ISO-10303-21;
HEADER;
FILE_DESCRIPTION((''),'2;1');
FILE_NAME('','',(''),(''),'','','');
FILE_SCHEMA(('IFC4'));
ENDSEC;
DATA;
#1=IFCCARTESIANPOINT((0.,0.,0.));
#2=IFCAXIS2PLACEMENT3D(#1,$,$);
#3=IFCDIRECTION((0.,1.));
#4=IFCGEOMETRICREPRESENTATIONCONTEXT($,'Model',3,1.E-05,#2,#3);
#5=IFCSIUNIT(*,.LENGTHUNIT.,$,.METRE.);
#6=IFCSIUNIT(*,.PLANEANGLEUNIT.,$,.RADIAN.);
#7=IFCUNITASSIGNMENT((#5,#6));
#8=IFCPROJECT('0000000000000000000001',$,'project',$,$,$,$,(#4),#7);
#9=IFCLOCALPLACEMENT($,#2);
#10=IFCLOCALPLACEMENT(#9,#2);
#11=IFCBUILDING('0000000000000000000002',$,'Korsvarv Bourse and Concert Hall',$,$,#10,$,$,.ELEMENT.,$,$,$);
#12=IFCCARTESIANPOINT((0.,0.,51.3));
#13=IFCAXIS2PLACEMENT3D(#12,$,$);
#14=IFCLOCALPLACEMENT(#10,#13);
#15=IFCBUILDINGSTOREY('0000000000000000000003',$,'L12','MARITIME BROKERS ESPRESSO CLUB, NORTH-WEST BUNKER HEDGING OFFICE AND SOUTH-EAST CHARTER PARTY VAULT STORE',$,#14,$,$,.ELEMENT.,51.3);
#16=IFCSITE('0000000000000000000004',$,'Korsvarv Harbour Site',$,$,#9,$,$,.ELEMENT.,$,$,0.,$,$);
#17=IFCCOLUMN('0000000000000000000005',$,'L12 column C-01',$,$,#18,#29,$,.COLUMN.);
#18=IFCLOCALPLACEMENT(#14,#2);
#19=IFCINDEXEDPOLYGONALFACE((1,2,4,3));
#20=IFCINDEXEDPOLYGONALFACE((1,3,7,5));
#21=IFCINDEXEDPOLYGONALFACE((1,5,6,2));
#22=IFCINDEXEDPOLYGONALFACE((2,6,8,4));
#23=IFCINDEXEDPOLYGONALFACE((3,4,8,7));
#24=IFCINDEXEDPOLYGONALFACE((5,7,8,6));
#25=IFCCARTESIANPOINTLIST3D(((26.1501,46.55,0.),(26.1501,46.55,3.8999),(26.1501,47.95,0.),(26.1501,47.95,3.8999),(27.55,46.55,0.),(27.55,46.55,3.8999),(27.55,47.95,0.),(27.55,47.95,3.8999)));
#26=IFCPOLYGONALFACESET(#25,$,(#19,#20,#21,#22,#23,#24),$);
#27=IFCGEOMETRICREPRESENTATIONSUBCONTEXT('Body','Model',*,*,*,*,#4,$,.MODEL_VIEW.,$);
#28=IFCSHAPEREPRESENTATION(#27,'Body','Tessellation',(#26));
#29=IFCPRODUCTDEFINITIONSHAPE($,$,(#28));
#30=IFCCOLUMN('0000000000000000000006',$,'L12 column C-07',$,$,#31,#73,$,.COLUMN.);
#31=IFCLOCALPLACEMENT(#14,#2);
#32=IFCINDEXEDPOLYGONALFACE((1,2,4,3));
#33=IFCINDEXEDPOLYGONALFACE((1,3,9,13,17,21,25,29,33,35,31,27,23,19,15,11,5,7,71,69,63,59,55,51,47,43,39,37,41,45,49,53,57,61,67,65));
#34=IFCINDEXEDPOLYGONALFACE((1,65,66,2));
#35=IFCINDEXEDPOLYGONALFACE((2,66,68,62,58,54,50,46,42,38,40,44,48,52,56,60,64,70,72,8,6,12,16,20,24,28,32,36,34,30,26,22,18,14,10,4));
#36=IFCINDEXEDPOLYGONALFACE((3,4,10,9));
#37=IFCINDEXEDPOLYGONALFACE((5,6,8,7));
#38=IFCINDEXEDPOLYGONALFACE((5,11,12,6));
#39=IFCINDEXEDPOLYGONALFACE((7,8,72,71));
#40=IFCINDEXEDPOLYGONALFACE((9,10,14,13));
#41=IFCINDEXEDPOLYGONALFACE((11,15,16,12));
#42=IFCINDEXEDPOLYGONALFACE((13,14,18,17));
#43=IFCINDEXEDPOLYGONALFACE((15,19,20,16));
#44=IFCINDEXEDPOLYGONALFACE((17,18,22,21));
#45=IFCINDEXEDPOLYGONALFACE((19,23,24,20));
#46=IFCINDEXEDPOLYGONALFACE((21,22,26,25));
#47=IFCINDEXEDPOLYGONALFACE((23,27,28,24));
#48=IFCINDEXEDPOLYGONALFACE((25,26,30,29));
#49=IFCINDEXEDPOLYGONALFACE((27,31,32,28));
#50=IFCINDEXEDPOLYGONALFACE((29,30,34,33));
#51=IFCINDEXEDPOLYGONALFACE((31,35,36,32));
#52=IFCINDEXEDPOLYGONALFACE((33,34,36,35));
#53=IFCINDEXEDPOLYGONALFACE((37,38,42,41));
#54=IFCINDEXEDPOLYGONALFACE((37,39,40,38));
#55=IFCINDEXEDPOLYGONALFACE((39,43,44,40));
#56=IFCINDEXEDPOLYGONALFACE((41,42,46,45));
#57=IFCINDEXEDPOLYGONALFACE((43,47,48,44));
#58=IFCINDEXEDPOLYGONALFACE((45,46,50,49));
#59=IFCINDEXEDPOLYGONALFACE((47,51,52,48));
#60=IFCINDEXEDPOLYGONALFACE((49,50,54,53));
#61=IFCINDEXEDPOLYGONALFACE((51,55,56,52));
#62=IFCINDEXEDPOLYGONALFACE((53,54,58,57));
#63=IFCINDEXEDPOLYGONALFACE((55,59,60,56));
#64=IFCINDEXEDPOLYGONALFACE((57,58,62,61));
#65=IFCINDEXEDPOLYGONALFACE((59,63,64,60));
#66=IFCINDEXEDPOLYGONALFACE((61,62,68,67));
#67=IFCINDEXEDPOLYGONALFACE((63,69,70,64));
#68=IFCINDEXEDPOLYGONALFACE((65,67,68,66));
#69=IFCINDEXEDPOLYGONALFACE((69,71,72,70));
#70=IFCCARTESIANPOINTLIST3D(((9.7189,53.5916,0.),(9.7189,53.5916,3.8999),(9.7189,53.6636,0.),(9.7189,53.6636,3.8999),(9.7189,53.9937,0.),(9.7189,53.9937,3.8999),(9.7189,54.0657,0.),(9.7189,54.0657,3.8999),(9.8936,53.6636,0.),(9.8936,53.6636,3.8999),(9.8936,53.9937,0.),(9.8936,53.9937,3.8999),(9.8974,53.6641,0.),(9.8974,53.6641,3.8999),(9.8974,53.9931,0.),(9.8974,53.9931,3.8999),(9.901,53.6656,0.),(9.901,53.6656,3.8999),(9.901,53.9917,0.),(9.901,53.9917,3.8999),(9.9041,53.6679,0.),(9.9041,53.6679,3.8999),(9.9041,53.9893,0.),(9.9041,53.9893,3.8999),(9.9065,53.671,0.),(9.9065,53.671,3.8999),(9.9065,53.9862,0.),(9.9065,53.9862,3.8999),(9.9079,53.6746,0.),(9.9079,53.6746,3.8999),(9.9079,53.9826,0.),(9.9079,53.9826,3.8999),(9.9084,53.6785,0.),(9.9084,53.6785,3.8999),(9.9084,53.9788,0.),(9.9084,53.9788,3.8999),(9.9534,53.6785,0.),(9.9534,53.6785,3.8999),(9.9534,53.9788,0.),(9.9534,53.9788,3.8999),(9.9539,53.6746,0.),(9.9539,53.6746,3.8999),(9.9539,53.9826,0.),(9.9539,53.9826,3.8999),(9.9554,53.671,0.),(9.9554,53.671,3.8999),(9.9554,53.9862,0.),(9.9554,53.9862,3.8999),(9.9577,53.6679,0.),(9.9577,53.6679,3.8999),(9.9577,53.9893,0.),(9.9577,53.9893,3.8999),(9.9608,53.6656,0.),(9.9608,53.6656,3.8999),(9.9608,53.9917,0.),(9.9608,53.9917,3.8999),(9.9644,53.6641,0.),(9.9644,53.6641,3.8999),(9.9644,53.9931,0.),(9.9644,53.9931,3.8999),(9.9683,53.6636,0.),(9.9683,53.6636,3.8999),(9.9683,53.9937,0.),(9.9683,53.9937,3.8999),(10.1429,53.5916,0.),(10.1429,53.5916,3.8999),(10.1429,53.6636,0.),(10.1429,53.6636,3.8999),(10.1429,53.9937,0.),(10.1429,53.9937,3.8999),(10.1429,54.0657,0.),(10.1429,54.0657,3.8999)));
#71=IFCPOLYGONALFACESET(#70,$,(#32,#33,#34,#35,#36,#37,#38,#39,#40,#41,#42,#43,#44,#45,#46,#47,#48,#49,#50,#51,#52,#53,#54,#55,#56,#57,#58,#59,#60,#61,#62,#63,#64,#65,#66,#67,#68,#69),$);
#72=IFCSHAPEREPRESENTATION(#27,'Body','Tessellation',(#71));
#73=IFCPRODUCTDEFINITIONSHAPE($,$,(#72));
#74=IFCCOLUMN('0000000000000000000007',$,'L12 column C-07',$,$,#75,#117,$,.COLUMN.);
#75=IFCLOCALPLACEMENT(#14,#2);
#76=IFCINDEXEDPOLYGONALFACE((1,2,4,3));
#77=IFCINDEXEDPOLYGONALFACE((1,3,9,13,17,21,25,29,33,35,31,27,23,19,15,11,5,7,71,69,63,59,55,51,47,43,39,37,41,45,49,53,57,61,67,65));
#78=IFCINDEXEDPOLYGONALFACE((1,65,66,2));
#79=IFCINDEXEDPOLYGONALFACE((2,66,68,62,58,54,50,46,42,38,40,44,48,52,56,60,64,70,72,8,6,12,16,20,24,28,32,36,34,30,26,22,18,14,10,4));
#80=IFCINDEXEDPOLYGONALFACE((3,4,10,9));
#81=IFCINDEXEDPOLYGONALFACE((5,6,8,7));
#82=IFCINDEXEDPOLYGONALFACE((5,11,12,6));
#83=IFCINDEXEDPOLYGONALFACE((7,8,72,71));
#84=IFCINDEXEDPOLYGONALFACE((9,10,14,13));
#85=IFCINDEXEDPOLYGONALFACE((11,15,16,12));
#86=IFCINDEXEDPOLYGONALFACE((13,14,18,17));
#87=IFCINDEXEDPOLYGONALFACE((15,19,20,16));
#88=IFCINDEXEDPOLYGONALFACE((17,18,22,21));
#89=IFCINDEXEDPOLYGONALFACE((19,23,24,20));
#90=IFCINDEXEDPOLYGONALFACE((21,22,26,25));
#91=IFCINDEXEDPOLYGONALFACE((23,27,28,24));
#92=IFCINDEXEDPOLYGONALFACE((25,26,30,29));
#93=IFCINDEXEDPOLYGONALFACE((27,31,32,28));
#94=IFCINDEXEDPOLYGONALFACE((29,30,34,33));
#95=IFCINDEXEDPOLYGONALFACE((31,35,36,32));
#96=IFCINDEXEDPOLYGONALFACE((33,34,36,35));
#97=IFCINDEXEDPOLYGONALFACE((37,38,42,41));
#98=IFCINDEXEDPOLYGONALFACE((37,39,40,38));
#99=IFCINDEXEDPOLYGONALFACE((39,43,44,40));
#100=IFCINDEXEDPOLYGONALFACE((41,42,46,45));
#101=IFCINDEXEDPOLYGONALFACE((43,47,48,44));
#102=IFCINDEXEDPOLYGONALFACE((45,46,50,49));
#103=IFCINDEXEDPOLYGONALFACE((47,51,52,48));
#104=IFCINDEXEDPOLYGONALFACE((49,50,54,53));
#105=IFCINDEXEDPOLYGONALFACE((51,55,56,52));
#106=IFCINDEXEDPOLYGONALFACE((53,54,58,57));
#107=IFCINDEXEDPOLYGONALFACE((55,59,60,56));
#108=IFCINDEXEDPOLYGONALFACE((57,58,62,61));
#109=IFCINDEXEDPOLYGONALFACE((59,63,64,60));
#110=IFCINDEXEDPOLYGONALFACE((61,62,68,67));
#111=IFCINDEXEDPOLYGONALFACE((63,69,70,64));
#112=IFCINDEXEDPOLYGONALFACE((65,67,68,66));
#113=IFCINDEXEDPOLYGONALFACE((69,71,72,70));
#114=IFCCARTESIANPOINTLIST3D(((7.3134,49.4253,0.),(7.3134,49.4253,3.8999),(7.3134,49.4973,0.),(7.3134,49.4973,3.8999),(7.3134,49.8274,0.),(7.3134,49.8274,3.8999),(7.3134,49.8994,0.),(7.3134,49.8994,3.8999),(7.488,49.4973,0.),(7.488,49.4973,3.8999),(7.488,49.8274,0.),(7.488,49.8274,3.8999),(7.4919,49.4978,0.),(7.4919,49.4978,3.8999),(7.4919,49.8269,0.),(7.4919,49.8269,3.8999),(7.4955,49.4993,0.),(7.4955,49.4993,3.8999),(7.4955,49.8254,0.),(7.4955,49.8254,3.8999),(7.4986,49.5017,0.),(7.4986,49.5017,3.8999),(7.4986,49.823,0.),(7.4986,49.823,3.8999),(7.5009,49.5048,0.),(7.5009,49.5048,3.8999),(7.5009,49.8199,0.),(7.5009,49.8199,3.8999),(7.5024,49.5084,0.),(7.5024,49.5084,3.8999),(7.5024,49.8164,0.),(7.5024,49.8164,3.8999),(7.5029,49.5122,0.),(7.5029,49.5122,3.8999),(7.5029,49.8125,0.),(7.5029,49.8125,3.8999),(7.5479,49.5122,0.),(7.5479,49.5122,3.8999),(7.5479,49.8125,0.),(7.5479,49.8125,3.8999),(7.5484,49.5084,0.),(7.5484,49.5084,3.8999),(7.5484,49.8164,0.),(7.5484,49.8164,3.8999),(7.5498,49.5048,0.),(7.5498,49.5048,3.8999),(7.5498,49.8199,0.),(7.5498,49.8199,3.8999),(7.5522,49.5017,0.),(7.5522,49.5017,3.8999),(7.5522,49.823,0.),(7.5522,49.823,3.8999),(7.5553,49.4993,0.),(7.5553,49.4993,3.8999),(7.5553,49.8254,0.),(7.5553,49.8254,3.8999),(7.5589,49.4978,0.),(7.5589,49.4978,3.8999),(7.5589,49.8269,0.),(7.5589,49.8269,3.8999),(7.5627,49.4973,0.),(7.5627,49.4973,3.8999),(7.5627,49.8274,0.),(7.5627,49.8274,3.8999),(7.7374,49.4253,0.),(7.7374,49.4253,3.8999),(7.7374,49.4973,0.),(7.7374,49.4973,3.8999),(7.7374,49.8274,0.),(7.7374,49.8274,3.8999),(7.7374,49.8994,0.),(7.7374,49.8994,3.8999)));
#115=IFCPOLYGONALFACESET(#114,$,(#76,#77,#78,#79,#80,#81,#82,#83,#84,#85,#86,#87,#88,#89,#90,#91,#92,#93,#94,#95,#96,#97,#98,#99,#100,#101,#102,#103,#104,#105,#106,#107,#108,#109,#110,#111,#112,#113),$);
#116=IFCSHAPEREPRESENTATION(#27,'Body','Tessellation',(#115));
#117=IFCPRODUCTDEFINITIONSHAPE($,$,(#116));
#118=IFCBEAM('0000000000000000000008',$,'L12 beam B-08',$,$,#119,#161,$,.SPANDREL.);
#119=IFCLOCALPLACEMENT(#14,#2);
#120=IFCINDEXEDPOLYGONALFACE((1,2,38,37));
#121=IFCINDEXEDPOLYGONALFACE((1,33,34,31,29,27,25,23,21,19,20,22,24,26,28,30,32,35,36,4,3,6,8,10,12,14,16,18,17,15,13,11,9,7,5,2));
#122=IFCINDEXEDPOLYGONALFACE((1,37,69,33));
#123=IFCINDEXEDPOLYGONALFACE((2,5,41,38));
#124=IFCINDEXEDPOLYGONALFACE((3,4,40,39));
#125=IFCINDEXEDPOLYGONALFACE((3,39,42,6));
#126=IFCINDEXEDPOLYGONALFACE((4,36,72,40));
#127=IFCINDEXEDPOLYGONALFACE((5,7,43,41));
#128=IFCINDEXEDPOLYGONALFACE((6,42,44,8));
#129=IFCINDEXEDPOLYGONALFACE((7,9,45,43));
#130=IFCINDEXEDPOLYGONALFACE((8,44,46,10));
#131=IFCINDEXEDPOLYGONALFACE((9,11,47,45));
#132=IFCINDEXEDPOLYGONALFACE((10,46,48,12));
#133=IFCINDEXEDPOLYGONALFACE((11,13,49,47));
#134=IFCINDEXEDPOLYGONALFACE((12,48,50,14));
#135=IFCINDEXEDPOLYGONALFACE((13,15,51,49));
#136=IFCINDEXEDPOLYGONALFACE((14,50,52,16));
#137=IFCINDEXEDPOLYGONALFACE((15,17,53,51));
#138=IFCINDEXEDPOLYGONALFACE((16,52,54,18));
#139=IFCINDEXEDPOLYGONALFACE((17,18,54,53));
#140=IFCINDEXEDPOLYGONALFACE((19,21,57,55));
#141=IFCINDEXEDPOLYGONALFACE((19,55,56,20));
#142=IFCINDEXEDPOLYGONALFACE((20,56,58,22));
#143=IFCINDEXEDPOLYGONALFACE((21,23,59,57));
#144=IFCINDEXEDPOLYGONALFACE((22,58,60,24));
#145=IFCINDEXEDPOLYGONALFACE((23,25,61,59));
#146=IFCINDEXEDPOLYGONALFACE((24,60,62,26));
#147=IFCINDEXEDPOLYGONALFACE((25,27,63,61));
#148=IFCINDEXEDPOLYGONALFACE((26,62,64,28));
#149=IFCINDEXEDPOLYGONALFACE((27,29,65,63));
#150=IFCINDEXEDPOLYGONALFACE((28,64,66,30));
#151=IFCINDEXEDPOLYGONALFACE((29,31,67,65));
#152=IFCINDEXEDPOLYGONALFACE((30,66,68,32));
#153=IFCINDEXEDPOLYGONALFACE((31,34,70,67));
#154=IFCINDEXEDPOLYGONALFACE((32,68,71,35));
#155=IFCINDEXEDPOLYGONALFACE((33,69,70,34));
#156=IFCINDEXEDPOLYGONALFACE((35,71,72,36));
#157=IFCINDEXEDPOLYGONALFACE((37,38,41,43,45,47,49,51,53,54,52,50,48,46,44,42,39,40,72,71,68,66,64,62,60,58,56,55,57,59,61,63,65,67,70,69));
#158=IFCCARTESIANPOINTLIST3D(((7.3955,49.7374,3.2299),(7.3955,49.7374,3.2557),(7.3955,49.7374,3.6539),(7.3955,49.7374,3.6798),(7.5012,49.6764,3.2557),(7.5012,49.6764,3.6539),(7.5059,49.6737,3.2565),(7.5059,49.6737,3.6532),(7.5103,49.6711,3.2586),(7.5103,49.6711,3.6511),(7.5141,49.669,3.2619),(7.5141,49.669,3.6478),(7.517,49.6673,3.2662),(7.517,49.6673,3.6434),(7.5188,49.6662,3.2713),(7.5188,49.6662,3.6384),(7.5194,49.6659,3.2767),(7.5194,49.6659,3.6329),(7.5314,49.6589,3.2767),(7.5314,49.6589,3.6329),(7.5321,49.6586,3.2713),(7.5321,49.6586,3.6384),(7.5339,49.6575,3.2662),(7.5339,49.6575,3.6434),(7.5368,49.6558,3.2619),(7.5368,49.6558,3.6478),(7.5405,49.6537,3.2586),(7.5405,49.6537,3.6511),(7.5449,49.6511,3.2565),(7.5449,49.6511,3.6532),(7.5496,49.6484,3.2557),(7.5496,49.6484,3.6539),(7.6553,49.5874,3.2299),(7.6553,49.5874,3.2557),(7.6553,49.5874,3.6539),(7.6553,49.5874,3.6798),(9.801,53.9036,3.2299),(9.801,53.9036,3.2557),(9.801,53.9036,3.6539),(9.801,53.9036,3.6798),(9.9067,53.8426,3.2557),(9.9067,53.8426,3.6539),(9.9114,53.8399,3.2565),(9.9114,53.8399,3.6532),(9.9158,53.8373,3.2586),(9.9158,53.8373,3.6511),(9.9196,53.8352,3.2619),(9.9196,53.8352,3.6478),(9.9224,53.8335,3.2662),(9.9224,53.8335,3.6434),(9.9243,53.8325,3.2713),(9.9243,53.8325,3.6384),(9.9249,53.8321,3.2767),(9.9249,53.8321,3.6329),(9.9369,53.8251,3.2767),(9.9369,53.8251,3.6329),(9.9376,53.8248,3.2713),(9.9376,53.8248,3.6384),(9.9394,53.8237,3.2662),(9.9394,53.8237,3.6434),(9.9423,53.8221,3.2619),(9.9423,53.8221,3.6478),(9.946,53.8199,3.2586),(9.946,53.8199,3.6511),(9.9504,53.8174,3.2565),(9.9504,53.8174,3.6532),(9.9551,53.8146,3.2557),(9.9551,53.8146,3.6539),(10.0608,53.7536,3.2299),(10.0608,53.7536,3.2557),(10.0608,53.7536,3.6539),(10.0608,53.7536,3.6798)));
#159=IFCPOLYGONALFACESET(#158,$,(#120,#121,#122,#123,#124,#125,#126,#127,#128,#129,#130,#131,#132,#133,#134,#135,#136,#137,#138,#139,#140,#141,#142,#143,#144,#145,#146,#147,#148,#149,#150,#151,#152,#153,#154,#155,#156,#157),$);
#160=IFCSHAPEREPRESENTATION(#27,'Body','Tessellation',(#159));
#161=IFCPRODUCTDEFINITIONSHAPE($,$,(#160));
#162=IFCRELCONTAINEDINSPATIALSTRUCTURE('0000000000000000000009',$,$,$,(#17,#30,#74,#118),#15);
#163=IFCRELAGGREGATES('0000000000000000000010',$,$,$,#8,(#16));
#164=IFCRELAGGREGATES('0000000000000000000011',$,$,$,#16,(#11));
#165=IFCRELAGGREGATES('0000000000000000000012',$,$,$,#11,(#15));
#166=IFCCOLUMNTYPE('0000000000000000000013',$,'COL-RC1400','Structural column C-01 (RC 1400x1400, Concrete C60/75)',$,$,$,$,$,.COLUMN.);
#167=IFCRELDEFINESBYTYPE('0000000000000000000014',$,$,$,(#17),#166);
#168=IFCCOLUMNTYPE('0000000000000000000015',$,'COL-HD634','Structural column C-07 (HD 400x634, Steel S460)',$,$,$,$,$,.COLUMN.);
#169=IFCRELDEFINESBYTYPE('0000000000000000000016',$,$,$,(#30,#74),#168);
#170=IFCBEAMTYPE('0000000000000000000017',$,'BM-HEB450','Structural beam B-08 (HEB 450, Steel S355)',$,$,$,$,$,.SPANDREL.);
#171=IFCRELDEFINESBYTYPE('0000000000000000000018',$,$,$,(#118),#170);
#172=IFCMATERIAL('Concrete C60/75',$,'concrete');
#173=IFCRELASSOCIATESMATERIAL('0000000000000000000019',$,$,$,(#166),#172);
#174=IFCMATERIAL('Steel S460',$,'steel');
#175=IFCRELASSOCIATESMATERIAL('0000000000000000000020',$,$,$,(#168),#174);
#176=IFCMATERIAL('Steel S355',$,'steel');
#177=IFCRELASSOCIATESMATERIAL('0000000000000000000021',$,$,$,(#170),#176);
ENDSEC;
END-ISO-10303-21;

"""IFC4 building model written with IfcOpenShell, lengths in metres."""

from ifc_helpers import new_model, si_unit, direction, frame, origin, origin_2d, place, context, subcontext, project, spatial, rectangle, i_section, extrude, source, transform, mapped, material, material_profile, profile_set, type_object, element, save


model = new_model("IFC4")

# Units and contexts
model_context = context("Model", 3, precision=1e-05, world=origin(), true_north=direction((0.0, 1.0)))
body_context = subcontext(model_context, "Body", "Model", "MODEL_VIEW")
ifc_project = project(units=[si_unit("LENGTHUNIT", "METRE"), si_unit("PLANEANGLEUNIT", "RADIAN")], contexts=[model_context])

# Site, building, storey
site_placement = place(None, origin())
site = spatial("IfcSite", under=ifc_project, at=site_placement, Name="Korsvarv Harbour Site", CompositionType="ELEMENT", RefElevation=0.0)
building_placement = place(site_placement, origin())
building = spatial("IfcBuilding", under=site, at=building_placement, Name="Korsvarv Bourse and Concert Hall", CompositionType="ELEMENT")
storey_placement = place(building_placement, frame((0.0, 0.0, 51.3)))
storey = spatial("IfcBuildingStorey", under=building, at=storey_placement, Name="L12", Description="MARITIME BROKERS ESPRESSO CLUB, NORTH-WEST BUNKER HEDGING OFFICE AND SOUTH-EAST CHARTER PARTY VAULT STORE", CompositionType="ELEMENT", Elevation=51.3)

# Columns
ifc_material_1 = material(Name="Concrete C60/75", Category="concrete")
ifc_material_profile_1 = material_profile(ifc_material_1, rectangle(XDim=1.3999, YDim=1.3999, at=origin_2d()), Name="RC 1400x1400")
ifc_profile_set_1 = profile_set([ifc_material_profile_1], Name="Concrete C60/75")
column_type_1 = type_object("IfcColumnType", Name="COL-RC1400", Description="Structural column C-01 (RC 1400x1400, Concrete C60/75)", PredefinedType="COLUMN", material=ifc_profile_set_1)
shared_shape_1 = source(origin(), body_context, "Body", "SweptSolid", [
    extrude(rectangle(XDim=1.3999, YDim=1.3999, at=origin_2d()), origin(), (0.0, 0.0, 1.0), 3.8999),
])
column_placement = place(storey_placement, frame((26.8501, 47.25, 0.0), z_axis=(0.0, 0.0, 1.0), x_axis=(1.0, 0.0, 0.0)))
element("IfcColumn", 1, at=column_placement, inside=storey, type_object=column_type_1, Name="L12 column C-01", PredefinedType="COLUMN", context=body_context, shape_type="MappedRepresentation", body=[
    mapped(shared_shape_1, transform((0.0, 0.0, 0.0), scale=1.0)),
])
ifc_material_2 = material(Name="Steel S460", Category="steel")
ifc_material_profile_2 = material_profile(ifc_material_2, i_section(OverallWidth=0.4241, OverallDepth=0.4741, WebThickness=0.0449, FlangeThickness=0.072, FilletRadius=0.0149, at=origin_2d()), Name="HD 400x634")
ifc_profile_set_2 = profile_set([ifc_material_profile_2], Name="Steel S460")
column_type_2 = type_object("IfcColumnType", Name="COL-HD634", Description="Structural column C-07 (HD 400x634, Steel S460)", PredefinedType="COLUMN", material=ifc_profile_set_2)
shared_shape_2 = source(origin(), body_context, "Body", "SweptSolid", [
    extrude(i_section(OverallWidth=0.4241, OverallDepth=0.4741, WebThickness=0.0449, FlangeThickness=0.072, FilletRadius=0.0149, at=origin_2d()), origin(), (0.0, 0.0, 1.0), 3.8999),
])
for number, where, z_axis, x_axis, name in (
    (2, (9.9309, 53.8286, 0.0), (0.0, 0.0, 1.0), (1.0, 0.0, 0.0), "L12 column C-07"),
    (3, (7.5254, 49.6624, 0.0), (0.0, 0.0, 1.0), (1.0, 0.0, 0.0), "L12 column C-07"),
):
    element("IfcColumn", number, at=place(storey_placement, frame(where, z_axis=z_axis, x_axis=x_axis)), inside=storey, type_object=column_type_2, Name=name, PredefinedType="COLUMN", context=body_context, shape_type="MappedRepresentation", body=[
        mapped(shared_shape_2, transform((0.0, 0.0, 0.0), scale=1.0)),
    ])

# Beam
ifc_material_3 = material(Name="Steel S355", Category="steel")
ifc_material_profile_3 = material_profile(ifc_material_3, i_section(OverallWidth=0.3, OverallDepth=0.45, WebThickness=0.0139, FlangeThickness=0.0259, FilletRadius=0.021, at=origin_2d()), Name="HEB 450")
ifc_profile_set_3 = profile_set([ifc_material_profile_3], Name="Steel S355")
beam_type_1 = type_object("IfcBeamType", Name="BM-HEB450", Description="Structural beam B-08 (HEB 450, Steel S355)", PredefinedType="SPANDREL", material=ifc_profile_set_3)
shared_shape_3 = source(origin(), body_context, "Body", "SweptSolid", [
    extrude(i_section(OverallWidth=0.3, OverallDepth=0.45, WebThickness=0.0139, FlangeThickness=0.0259, FilletRadius=0.021, at=origin_2d()), origin(), (0.0, 0.0, 1.0), 4.8108),
])
beam_1_placement = place(storey_placement, frame((9.9309, 53.8286, 3.4548), z_axis=(-0.50002, -0.866014, 0.0), x_axis=(0.866014, -0.50002, 0.0)))
element("IfcBeam", 4, at=beam_1_placement, inside=storey, type_object=beam_type_1, Name="L12 beam B-08", PredefinedType="SPANDREL", context=body_context, shape_type="MappedRepresentation", body=[
    mapped(shared_shape_3, transform((0.0, 0.0, 0.0), scale=1.0)),
])

save(model, "model.ifc")
